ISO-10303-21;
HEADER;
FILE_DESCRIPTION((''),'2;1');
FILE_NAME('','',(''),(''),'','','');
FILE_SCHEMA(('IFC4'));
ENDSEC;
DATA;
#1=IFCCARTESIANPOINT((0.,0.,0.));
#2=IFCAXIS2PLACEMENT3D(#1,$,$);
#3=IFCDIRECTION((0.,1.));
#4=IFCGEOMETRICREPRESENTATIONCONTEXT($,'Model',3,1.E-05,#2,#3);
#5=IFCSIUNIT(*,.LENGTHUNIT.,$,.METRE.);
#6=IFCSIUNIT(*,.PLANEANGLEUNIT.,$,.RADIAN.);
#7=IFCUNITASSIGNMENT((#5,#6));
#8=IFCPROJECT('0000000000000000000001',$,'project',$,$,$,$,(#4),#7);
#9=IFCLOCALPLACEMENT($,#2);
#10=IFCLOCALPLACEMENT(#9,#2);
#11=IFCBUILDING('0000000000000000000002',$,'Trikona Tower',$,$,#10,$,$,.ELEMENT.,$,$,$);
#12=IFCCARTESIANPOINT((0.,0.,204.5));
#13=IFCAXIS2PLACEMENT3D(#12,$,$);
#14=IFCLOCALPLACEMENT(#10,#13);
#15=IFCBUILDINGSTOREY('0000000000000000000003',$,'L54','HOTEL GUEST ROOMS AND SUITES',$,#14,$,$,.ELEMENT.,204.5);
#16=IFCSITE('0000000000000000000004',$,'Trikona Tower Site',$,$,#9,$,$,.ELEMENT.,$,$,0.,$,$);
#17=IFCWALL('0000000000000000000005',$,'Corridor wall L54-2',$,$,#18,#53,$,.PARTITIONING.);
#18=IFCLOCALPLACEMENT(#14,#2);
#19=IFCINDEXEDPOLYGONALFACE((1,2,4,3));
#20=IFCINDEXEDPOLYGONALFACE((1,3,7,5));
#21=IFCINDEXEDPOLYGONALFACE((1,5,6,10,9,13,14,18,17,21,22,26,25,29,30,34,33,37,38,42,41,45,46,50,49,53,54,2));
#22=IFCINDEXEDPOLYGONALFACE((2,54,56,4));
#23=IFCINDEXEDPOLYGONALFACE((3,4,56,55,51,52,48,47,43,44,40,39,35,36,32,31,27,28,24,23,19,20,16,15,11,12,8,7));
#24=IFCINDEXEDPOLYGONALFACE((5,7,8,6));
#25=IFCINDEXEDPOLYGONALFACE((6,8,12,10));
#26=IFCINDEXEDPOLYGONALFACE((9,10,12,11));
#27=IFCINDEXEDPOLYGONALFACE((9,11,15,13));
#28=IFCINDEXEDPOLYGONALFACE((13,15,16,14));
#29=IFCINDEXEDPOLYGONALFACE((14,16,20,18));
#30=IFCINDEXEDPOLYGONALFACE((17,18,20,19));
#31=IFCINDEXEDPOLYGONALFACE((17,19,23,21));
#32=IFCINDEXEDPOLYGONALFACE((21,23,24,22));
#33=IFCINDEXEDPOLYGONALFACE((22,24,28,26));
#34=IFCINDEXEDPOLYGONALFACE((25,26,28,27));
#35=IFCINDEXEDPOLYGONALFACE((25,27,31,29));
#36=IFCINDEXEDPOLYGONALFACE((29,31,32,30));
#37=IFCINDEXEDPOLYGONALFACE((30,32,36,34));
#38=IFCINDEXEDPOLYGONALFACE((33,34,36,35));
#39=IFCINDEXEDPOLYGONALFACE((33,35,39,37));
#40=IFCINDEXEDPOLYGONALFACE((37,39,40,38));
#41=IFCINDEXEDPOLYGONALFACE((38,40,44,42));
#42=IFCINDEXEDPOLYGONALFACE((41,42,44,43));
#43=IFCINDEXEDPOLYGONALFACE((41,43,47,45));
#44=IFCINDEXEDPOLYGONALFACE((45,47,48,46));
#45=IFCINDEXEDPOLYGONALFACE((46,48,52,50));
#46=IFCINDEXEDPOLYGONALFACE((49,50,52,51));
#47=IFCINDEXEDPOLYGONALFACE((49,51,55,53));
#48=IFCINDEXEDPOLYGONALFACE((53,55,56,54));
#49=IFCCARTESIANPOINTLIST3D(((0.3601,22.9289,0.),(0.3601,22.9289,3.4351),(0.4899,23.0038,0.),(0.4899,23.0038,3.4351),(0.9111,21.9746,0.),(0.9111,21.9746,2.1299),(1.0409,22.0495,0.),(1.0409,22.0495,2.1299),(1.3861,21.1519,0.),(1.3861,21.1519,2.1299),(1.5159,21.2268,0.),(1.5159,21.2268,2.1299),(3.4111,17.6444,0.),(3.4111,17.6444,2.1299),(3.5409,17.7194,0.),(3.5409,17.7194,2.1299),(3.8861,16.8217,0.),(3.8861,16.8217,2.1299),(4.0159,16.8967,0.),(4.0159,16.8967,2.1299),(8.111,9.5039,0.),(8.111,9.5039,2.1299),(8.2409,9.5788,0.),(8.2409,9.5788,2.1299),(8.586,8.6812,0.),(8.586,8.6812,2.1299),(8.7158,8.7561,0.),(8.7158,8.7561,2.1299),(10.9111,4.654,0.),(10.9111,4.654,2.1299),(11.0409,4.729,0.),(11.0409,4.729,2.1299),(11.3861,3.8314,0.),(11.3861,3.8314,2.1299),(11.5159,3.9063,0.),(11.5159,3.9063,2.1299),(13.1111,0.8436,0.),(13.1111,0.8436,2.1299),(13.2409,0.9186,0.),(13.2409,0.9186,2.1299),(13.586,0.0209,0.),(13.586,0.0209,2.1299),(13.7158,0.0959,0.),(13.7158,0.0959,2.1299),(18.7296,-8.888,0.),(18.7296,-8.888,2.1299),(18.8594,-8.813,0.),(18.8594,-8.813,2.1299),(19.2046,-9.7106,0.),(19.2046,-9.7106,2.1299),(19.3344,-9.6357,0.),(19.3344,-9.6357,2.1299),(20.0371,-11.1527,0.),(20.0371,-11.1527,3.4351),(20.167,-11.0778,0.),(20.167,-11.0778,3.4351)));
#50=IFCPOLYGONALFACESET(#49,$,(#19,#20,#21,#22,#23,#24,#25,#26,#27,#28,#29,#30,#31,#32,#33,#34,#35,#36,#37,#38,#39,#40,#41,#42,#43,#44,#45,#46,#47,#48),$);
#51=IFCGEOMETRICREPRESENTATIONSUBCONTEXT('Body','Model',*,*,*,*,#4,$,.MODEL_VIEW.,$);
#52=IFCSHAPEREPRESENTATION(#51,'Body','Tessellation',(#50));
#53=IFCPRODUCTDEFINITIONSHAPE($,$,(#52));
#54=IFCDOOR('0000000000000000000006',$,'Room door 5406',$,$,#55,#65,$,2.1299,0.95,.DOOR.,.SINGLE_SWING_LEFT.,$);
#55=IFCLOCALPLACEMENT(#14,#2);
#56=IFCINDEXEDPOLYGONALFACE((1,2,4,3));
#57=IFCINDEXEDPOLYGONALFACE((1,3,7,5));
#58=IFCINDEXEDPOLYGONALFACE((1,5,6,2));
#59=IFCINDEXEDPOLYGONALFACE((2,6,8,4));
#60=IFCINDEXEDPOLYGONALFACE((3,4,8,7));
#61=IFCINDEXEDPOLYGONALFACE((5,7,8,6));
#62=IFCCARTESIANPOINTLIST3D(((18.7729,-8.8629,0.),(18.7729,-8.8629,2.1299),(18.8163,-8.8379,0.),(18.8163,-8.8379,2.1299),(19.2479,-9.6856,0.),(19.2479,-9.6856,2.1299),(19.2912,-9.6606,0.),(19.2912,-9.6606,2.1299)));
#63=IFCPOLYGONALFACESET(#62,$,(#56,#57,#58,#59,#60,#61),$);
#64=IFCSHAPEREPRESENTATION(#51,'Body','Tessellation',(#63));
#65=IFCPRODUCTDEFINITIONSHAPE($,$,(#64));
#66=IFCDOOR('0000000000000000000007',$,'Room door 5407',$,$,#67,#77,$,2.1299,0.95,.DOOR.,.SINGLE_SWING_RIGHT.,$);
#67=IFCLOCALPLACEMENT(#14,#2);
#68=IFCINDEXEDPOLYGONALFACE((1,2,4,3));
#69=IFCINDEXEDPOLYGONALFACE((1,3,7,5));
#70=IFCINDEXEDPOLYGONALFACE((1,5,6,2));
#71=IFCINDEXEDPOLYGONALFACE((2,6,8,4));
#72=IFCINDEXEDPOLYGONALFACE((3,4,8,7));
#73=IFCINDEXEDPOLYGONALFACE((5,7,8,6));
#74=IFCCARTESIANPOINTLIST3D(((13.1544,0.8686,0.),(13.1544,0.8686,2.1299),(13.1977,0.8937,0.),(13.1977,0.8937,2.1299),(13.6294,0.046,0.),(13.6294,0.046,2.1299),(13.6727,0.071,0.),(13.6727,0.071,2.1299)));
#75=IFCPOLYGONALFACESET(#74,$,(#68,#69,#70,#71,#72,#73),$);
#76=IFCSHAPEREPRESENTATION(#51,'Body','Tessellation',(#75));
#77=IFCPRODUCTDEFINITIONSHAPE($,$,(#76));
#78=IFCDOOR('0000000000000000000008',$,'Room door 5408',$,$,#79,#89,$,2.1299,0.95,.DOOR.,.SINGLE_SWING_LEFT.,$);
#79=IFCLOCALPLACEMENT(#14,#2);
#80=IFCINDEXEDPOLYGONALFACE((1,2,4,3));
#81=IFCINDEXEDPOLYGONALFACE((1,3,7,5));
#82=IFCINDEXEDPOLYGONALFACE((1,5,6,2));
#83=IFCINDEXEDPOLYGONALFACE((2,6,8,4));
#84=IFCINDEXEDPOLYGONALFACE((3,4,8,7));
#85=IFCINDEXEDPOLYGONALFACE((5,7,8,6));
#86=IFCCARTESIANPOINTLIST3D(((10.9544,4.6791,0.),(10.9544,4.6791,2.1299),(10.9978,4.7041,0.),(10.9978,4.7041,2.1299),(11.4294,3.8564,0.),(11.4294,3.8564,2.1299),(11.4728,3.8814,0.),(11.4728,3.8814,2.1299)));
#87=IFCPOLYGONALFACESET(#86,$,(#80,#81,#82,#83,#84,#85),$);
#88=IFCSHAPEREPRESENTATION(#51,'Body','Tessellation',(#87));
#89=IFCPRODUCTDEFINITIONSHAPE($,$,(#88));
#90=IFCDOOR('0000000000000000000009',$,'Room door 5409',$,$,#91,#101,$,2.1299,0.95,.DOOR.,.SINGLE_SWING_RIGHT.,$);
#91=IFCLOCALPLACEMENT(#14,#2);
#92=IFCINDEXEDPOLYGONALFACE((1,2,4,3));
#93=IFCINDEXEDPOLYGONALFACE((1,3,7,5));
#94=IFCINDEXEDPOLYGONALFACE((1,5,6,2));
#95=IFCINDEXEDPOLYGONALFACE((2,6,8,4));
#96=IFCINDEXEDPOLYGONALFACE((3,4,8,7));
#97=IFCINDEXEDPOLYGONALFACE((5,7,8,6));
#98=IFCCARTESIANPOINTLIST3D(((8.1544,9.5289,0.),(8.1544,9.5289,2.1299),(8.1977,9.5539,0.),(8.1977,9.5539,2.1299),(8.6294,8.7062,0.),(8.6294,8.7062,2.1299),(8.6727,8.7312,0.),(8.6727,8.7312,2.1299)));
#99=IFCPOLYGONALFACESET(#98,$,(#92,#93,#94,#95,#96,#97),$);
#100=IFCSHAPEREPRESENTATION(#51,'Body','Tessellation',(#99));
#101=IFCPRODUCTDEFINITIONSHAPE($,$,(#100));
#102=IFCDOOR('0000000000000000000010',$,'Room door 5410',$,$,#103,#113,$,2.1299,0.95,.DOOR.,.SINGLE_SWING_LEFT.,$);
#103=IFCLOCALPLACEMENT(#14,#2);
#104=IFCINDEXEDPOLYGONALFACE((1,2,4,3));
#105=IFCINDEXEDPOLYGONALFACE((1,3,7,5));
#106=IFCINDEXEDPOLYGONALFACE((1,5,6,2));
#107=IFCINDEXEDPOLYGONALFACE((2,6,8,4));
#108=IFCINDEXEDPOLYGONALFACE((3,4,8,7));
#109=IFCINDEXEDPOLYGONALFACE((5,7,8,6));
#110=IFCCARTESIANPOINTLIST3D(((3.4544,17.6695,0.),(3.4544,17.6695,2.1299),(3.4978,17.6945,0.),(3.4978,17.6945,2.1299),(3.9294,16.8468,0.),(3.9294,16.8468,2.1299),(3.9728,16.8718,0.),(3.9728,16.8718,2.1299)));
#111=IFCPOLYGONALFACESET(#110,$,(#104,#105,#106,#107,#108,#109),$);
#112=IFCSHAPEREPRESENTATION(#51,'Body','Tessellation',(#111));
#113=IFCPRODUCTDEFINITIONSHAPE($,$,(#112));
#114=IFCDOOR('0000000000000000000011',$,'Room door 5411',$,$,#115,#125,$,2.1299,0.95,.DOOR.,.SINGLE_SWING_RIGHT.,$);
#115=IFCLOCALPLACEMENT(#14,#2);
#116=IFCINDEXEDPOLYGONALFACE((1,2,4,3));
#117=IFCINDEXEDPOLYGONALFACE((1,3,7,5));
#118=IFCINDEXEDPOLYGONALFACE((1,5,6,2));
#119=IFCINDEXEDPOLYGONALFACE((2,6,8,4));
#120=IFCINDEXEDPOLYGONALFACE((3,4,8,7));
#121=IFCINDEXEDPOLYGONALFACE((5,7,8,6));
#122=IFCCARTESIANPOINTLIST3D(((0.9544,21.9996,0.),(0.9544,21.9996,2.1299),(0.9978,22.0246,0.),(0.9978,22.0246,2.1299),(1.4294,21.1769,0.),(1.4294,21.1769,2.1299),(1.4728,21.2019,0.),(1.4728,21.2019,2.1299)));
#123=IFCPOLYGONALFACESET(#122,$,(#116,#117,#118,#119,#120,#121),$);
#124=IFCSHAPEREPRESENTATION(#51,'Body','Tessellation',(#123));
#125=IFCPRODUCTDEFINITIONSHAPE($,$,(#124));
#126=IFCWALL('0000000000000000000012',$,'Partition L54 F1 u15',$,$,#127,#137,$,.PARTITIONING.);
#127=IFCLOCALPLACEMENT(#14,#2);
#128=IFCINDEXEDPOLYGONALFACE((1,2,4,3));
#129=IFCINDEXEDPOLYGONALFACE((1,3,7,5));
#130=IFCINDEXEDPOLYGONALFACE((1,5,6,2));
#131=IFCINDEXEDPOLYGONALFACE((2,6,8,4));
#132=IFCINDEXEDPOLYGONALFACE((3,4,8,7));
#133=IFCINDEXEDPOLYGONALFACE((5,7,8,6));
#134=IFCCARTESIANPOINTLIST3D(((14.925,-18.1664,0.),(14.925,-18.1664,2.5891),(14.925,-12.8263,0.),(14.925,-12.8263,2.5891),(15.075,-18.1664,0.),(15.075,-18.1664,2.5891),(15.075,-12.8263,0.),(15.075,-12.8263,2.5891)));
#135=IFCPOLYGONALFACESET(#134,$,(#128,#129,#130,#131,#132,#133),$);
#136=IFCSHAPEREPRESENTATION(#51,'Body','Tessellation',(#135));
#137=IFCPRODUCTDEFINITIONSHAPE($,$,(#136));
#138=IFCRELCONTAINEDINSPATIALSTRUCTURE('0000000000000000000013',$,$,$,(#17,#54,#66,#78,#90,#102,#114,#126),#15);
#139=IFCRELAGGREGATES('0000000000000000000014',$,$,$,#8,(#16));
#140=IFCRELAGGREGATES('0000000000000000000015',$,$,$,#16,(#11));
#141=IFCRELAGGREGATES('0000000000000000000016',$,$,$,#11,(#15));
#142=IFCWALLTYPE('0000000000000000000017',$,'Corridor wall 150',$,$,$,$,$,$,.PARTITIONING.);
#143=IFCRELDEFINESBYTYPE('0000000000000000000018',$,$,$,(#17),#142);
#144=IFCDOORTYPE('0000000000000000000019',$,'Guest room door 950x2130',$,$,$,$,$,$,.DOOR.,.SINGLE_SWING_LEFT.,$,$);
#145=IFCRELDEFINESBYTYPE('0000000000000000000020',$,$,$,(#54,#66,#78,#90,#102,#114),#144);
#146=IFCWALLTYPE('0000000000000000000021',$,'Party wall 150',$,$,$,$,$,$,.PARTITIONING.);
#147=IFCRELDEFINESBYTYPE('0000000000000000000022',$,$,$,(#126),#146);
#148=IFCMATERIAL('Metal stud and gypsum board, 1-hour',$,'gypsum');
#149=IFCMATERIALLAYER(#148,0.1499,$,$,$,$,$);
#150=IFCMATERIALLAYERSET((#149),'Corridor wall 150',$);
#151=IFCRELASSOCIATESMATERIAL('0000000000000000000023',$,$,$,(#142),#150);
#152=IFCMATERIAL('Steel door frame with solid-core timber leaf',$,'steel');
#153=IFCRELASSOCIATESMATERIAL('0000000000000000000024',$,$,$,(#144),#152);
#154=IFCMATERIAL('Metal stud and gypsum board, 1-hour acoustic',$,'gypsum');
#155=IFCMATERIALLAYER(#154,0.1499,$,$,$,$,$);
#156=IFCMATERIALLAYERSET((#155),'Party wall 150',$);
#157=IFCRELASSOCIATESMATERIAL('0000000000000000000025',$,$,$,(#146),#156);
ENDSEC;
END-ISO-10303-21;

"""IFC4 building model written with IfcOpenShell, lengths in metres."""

from ifc_helpers import new_model, si_unit, direction, frame, frame_2d, origin, place, context, subcontext, project, spatial, rectangle, extrude, material, layer, layer_set, type_object, element, fill, save


model = new_model("IFC4")

# Units and contexts
model_context = context("Model", 3, precision=1e-05, world=origin(), true_north=direction((0.0, 1.0)))
body_context = subcontext(model_context, "Body", "Model", "MODEL_VIEW")
ifc_project = project(units=[si_unit("LENGTHUNIT", "METRE"), si_unit("PLANEANGLEUNIT", "RADIAN")], contexts=[model_context])

# Site, building, storey
site_placement = place(None, origin())
site = spatial("IfcSite", under=ifc_project, at=site_placement, Name="Trikona Tower Site", CompositionType="ELEMENT", RefElevation=0.0)
building_placement = place(site_placement, origin())
building = spatial("IfcBuilding", under=site, at=building_placement, Name="Trikona Tower", CompositionType="ELEMENT")
storey_placement = place(building_placement, frame((0.0, 0.0, 204.5)))
storey = spatial("IfcBuildingStorey", under=building, at=storey_placement, Name="L54", Description="HOTEL GUEST ROOMS AND SUITES", CompositionType="ELEMENT", Elevation=204.5)

# Wall, openings, doors
ifc_material_1 = material(Name="Metal stud and gypsum board, 1-hour", Category="gypsum")
ifc_layer_1 = layer(ifc_material_1, 0.1499)
ifc_layer_set_1 = layer_set([ifc_layer_1], Name="Corridor wall 150")
wall_type_1 = type_object("IfcWallType", Name="Corridor wall 150", PredefinedType="PARTITIONING", material=ifc_layer_set_1)
wall_1_placement = place(storey_placement, frame((20.1021, -11.1152, 0.0), z_axis=(0.0, 0.0, 1.0), x_axis=(-0.5, 0.866025, 0.0)))
wall_1 = element("IfcWall", 1, at=wall_1_placement, inside=storey, type_object=wall_type_1, Name="Corridor wall L54-2", PredefinedType="PARTITIONING", context=body_context, shape_type="SweptSolid", body=[
    extrude(rectangle(XDim=39.354, YDim=0.1499, at=frame_2d((19.677, 0.0))), origin(), (0.0, 0.0, 1.0), 3.4351),
])
opening_1_placement = place(wall_1_placement, frame((1.665, 0.0, 0.0)))
opening_1 = element("IfcOpeningElement", 2, at=opening_1_placement, cuts=wall_1, PredefinedType="OPENING", context=body_context, shape_type="SweptSolid", body=[
    extrude(rectangle(XDim=0.95, YDim=2.1299, at=frame_2d((0.4751, 1.0649))), frame((0.0, 0.085, 0.0), z_axis=(0.0, -1.0, 0.0), x_axis=(1.0, 0.0, 0.0)), (0.0, 0.0, 1.0), 0.1699),
])
opening_2_placement = place(wall_1_placement, frame((12.9021, 0.0, 0.0)))
opening_2 = element("IfcOpeningElement", 3, at=opening_2_placement, cuts=wall_1, PredefinedType="OPENING", context=body_context, shape_type="SweptSolid", body=[
    extrude(rectangle(XDim=0.95, YDim=2.1299, at=frame_2d((0.4751, 1.0649))), frame((0.0, 0.085, 0.0), z_axis=(0.0, -1.0, 0.0), x_axis=(1.0, 0.0, 0.0)), (0.0, 0.0, 1.0), 0.1699),
])
opening_3_placement = place(wall_1_placement, frame((17.302, 0.0, 0.0)))
opening_3 = element("IfcOpeningElement", 4, at=opening_3_placement, cuts=wall_1, PredefinedType="OPENING", context=body_context, shape_type="SweptSolid", body=[
    extrude(rectangle(XDim=0.95, YDim=2.1299, at=frame_2d((0.4751, 1.0649))), frame((0.0, 0.085, 0.0), z_axis=(0.0, -1.0, 0.0), x_axis=(1.0, 0.0, 0.0)), (0.0, 0.0, 1.0), 0.1699),
])
opening_4_placement = place(wall_1_placement, frame((22.9021, 0.0, 0.0)))
opening_4 = element("IfcOpeningElement", 5, at=opening_4_placement, cuts=wall_1, PredefinedType="OPENING", context=body_context, shape_type="SweptSolid", body=[
    extrude(rectangle(XDim=0.95, YDim=2.1299, at=frame_2d((0.4751, 1.0649))), frame((0.0, 0.085, 0.0), z_axis=(0.0, -1.0, 0.0), x_axis=(1.0, 0.0, 0.0)), (0.0, 0.0, 1.0), 0.1699),
])
opening_5_placement = place(wall_1_placement, frame((32.302, 0.0, 0.0)))
opening_5 = element("IfcOpeningElement", 6, at=opening_5_placement, cuts=wall_1, PredefinedType="OPENING", context=body_context, shape_type="SweptSolid", body=[
    extrude(rectangle(XDim=0.95, YDim=2.1299, at=frame_2d((0.4751, 1.0649))), frame((0.0, 0.085, 0.0), z_axis=(0.0, -1.0, 0.0), x_axis=(1.0, 0.0, 0.0)), (0.0, 0.0, 1.0), 0.1699),
])
opening_6_placement = place(wall_1_placement, frame((37.302, 0.0, 0.0)))
opening_6 = element("IfcOpeningElement", 7, at=opening_6_placement, cuts=wall_1, PredefinedType="OPENING", context=body_context, shape_type="SweptSolid", body=[
    extrude(rectangle(XDim=0.95, YDim=2.1299, at=frame_2d((0.4751, 1.0649))), frame((0.0, 0.085, 0.0), z_axis=(0.0, -1.0, 0.0), x_axis=(1.0, 0.0, 0.0)), (0.0, 0.0, 1.0), 0.1699),
])
ifc_material_2 = material(Name="Steel door frame with solid-core timber leaf", Category="steel")
door_type_1 = type_object("IfcDoorType", Name="Guest room door 950x2130", OperationType="SINGLE_SWING_LEFT", PredefinedType="DOOR", material=ifc_material_2)
door_1_placement = place(opening_1_placement, origin())
door_1 = element("IfcDoor", 8, at=door_1_placement, inside=storey, type_object=door_type_1, Name="Room door 5406", OperationType="SINGLE_SWING_LEFT", OverallHeight=2.1299, OverallWidth=0.95, PredefinedType="DOOR", context=body_context, shape_type="SweptSolid", body=[
    extrude(rectangle(XDim=0.95, YDim=2.1299, at=frame_2d((0.4751, 1.0649))), frame((0.0, 0.0249, 0.0), z_axis=(0.0, -1.0, 0.0), x_axis=(1.0, 0.0, 0.0)), (0.0, 0.0, 1.0), 0.05),
])
fill(opening_1, door_1)
door_2_placement = place(opening_2_placement, origin())
door_2 = element("IfcDoor", 9, at=door_2_placement, inside=storey, type_object=door_type_1, Name="Room door 5407", OperationType="SINGLE_SWING_RIGHT", OverallHeight=2.1299, OverallWidth=0.95, PredefinedType="DOOR", context=body_context, shape_type="SweptSolid", body=[
    extrude(rectangle(XDim=0.95, YDim=2.1299, at=frame_2d((0.4751, 1.0649))), frame((0.0, 0.0249, 0.0), z_axis=(0.0, -1.0, 0.0), x_axis=(1.0, 0.0, 0.0)), (0.0, 0.0, 1.0), 0.05),
])
fill(opening_2, door_2)
door_3_placement = place(opening_3_placement, origin())
door_3 = element("IfcDoor", 10, at=door_3_placement, inside=storey, type_object=door_type_1, Name="Room door 5408", OperationType="SINGLE_SWING_LEFT", OverallHeight=2.1299, OverallWidth=0.95, PredefinedType="DOOR", context=body_context, shape_type="SweptSolid", body=[
    extrude(rectangle(XDim=0.95, YDim=2.1299, at=frame_2d((0.4751, 1.0649))), frame((0.0, 0.0249, 0.0), z_axis=(0.0, -1.0, 0.0), x_axis=(1.0, 0.0, 0.0)), (0.0, 0.0, 1.0), 0.05),
])
fill(opening_3, door_3)
door_4_placement = place(opening_4_placement, origin())
door_4 = element("IfcDoor", 11, at=door_4_placement, inside=storey, type_object=door_type_1, Name="Room door 5409", OperationType="SINGLE_SWING_RIGHT", OverallHeight=2.1299, OverallWidth=0.95, PredefinedType="DOOR", context=body_context, shape_type="SweptSolid", body=[
    extrude(rectangle(XDim=0.95, YDim=2.1299, at=frame_2d((0.4751, 1.0649))), frame((0.0, 0.0249, 0.0), z_axis=(0.0, -1.0, 0.0), x_axis=(1.0, 0.0, 0.0)), (0.0, 0.0, 1.0), 0.05),
])
fill(opening_4, door_4)
door_5_placement = place(opening_5_placement, origin())
door_5 = element("IfcDoor", 12, at=door_5_placement, inside=storey, type_object=door_type_1, Name="Room door 5410", OperationType="SINGLE_SWING_LEFT", OverallHeight=2.1299, OverallWidth=0.95, PredefinedType="DOOR", context=body_context, shape_type="SweptSolid", body=[
    extrude(rectangle(XDim=0.95, YDim=2.1299, at=frame_2d((0.4751, 1.0649))), frame((0.0, 0.0249, 0.0), z_axis=(0.0, -1.0, 0.0), x_axis=(1.0, 0.0, 0.0)), (0.0, 0.0, 1.0), 0.05),
])
fill(opening_5, door_5)
door_6_placement = place(opening_6_placement, origin())
door_6 = element("IfcDoor", 13, at=door_6_placement, inside=storey, type_object=door_type_1, Name="Room door 5411", OperationType="SINGLE_SWING_RIGHT", OverallHeight=2.1299, OverallWidth=0.95, PredefinedType="DOOR", context=body_context, shape_type="SweptSolid", body=[
    extrude(rectangle(XDim=0.95, YDim=2.1299, at=frame_2d((0.4751, 1.0649))), frame((0.0, 0.0249, 0.0), z_axis=(0.0, -1.0, 0.0), x_axis=(1.0, 0.0, 0.0)), (0.0, 0.0, 1.0), 0.05),
])
fill(opening_6, door_6)

# Wall
ifc_material_3 = material(Name="Metal stud and gypsum board, 1-hour acoustic", Category="gypsum")
ifc_layer_2 = layer(ifc_material_3, 0.1499)
ifc_layer_set_2 = layer_set([ifc_layer_2], Name="Party wall 150")
wall_type_2 = type_object("IfcWallType", Name="Party wall 150", PredefinedType="PARTITIONING", material=ifc_layer_set_2)
wall_2_placement = place(storey_placement, frame((15.0, -12.8264, 0.0), z_axis=(0.0, 0.0, 1.0), x_axis=(0.0, -1.0, 0.0)))
element("IfcWall", 14, at=wall_2_placement, inside=storey, type_object=wall_type_2, Name="Partition L54 F1 u15", PredefinedType="PARTITIONING", context=body_context, shape_type="SweptSolid", body=[
    extrude(rectangle(XDim=5.3401, YDim=0.1499, at=frame_2d((2.6699, 0.0))), origin(), (0.0, 0.0, 1.0), 2.5891),
])

save(model, "model.ifc")
